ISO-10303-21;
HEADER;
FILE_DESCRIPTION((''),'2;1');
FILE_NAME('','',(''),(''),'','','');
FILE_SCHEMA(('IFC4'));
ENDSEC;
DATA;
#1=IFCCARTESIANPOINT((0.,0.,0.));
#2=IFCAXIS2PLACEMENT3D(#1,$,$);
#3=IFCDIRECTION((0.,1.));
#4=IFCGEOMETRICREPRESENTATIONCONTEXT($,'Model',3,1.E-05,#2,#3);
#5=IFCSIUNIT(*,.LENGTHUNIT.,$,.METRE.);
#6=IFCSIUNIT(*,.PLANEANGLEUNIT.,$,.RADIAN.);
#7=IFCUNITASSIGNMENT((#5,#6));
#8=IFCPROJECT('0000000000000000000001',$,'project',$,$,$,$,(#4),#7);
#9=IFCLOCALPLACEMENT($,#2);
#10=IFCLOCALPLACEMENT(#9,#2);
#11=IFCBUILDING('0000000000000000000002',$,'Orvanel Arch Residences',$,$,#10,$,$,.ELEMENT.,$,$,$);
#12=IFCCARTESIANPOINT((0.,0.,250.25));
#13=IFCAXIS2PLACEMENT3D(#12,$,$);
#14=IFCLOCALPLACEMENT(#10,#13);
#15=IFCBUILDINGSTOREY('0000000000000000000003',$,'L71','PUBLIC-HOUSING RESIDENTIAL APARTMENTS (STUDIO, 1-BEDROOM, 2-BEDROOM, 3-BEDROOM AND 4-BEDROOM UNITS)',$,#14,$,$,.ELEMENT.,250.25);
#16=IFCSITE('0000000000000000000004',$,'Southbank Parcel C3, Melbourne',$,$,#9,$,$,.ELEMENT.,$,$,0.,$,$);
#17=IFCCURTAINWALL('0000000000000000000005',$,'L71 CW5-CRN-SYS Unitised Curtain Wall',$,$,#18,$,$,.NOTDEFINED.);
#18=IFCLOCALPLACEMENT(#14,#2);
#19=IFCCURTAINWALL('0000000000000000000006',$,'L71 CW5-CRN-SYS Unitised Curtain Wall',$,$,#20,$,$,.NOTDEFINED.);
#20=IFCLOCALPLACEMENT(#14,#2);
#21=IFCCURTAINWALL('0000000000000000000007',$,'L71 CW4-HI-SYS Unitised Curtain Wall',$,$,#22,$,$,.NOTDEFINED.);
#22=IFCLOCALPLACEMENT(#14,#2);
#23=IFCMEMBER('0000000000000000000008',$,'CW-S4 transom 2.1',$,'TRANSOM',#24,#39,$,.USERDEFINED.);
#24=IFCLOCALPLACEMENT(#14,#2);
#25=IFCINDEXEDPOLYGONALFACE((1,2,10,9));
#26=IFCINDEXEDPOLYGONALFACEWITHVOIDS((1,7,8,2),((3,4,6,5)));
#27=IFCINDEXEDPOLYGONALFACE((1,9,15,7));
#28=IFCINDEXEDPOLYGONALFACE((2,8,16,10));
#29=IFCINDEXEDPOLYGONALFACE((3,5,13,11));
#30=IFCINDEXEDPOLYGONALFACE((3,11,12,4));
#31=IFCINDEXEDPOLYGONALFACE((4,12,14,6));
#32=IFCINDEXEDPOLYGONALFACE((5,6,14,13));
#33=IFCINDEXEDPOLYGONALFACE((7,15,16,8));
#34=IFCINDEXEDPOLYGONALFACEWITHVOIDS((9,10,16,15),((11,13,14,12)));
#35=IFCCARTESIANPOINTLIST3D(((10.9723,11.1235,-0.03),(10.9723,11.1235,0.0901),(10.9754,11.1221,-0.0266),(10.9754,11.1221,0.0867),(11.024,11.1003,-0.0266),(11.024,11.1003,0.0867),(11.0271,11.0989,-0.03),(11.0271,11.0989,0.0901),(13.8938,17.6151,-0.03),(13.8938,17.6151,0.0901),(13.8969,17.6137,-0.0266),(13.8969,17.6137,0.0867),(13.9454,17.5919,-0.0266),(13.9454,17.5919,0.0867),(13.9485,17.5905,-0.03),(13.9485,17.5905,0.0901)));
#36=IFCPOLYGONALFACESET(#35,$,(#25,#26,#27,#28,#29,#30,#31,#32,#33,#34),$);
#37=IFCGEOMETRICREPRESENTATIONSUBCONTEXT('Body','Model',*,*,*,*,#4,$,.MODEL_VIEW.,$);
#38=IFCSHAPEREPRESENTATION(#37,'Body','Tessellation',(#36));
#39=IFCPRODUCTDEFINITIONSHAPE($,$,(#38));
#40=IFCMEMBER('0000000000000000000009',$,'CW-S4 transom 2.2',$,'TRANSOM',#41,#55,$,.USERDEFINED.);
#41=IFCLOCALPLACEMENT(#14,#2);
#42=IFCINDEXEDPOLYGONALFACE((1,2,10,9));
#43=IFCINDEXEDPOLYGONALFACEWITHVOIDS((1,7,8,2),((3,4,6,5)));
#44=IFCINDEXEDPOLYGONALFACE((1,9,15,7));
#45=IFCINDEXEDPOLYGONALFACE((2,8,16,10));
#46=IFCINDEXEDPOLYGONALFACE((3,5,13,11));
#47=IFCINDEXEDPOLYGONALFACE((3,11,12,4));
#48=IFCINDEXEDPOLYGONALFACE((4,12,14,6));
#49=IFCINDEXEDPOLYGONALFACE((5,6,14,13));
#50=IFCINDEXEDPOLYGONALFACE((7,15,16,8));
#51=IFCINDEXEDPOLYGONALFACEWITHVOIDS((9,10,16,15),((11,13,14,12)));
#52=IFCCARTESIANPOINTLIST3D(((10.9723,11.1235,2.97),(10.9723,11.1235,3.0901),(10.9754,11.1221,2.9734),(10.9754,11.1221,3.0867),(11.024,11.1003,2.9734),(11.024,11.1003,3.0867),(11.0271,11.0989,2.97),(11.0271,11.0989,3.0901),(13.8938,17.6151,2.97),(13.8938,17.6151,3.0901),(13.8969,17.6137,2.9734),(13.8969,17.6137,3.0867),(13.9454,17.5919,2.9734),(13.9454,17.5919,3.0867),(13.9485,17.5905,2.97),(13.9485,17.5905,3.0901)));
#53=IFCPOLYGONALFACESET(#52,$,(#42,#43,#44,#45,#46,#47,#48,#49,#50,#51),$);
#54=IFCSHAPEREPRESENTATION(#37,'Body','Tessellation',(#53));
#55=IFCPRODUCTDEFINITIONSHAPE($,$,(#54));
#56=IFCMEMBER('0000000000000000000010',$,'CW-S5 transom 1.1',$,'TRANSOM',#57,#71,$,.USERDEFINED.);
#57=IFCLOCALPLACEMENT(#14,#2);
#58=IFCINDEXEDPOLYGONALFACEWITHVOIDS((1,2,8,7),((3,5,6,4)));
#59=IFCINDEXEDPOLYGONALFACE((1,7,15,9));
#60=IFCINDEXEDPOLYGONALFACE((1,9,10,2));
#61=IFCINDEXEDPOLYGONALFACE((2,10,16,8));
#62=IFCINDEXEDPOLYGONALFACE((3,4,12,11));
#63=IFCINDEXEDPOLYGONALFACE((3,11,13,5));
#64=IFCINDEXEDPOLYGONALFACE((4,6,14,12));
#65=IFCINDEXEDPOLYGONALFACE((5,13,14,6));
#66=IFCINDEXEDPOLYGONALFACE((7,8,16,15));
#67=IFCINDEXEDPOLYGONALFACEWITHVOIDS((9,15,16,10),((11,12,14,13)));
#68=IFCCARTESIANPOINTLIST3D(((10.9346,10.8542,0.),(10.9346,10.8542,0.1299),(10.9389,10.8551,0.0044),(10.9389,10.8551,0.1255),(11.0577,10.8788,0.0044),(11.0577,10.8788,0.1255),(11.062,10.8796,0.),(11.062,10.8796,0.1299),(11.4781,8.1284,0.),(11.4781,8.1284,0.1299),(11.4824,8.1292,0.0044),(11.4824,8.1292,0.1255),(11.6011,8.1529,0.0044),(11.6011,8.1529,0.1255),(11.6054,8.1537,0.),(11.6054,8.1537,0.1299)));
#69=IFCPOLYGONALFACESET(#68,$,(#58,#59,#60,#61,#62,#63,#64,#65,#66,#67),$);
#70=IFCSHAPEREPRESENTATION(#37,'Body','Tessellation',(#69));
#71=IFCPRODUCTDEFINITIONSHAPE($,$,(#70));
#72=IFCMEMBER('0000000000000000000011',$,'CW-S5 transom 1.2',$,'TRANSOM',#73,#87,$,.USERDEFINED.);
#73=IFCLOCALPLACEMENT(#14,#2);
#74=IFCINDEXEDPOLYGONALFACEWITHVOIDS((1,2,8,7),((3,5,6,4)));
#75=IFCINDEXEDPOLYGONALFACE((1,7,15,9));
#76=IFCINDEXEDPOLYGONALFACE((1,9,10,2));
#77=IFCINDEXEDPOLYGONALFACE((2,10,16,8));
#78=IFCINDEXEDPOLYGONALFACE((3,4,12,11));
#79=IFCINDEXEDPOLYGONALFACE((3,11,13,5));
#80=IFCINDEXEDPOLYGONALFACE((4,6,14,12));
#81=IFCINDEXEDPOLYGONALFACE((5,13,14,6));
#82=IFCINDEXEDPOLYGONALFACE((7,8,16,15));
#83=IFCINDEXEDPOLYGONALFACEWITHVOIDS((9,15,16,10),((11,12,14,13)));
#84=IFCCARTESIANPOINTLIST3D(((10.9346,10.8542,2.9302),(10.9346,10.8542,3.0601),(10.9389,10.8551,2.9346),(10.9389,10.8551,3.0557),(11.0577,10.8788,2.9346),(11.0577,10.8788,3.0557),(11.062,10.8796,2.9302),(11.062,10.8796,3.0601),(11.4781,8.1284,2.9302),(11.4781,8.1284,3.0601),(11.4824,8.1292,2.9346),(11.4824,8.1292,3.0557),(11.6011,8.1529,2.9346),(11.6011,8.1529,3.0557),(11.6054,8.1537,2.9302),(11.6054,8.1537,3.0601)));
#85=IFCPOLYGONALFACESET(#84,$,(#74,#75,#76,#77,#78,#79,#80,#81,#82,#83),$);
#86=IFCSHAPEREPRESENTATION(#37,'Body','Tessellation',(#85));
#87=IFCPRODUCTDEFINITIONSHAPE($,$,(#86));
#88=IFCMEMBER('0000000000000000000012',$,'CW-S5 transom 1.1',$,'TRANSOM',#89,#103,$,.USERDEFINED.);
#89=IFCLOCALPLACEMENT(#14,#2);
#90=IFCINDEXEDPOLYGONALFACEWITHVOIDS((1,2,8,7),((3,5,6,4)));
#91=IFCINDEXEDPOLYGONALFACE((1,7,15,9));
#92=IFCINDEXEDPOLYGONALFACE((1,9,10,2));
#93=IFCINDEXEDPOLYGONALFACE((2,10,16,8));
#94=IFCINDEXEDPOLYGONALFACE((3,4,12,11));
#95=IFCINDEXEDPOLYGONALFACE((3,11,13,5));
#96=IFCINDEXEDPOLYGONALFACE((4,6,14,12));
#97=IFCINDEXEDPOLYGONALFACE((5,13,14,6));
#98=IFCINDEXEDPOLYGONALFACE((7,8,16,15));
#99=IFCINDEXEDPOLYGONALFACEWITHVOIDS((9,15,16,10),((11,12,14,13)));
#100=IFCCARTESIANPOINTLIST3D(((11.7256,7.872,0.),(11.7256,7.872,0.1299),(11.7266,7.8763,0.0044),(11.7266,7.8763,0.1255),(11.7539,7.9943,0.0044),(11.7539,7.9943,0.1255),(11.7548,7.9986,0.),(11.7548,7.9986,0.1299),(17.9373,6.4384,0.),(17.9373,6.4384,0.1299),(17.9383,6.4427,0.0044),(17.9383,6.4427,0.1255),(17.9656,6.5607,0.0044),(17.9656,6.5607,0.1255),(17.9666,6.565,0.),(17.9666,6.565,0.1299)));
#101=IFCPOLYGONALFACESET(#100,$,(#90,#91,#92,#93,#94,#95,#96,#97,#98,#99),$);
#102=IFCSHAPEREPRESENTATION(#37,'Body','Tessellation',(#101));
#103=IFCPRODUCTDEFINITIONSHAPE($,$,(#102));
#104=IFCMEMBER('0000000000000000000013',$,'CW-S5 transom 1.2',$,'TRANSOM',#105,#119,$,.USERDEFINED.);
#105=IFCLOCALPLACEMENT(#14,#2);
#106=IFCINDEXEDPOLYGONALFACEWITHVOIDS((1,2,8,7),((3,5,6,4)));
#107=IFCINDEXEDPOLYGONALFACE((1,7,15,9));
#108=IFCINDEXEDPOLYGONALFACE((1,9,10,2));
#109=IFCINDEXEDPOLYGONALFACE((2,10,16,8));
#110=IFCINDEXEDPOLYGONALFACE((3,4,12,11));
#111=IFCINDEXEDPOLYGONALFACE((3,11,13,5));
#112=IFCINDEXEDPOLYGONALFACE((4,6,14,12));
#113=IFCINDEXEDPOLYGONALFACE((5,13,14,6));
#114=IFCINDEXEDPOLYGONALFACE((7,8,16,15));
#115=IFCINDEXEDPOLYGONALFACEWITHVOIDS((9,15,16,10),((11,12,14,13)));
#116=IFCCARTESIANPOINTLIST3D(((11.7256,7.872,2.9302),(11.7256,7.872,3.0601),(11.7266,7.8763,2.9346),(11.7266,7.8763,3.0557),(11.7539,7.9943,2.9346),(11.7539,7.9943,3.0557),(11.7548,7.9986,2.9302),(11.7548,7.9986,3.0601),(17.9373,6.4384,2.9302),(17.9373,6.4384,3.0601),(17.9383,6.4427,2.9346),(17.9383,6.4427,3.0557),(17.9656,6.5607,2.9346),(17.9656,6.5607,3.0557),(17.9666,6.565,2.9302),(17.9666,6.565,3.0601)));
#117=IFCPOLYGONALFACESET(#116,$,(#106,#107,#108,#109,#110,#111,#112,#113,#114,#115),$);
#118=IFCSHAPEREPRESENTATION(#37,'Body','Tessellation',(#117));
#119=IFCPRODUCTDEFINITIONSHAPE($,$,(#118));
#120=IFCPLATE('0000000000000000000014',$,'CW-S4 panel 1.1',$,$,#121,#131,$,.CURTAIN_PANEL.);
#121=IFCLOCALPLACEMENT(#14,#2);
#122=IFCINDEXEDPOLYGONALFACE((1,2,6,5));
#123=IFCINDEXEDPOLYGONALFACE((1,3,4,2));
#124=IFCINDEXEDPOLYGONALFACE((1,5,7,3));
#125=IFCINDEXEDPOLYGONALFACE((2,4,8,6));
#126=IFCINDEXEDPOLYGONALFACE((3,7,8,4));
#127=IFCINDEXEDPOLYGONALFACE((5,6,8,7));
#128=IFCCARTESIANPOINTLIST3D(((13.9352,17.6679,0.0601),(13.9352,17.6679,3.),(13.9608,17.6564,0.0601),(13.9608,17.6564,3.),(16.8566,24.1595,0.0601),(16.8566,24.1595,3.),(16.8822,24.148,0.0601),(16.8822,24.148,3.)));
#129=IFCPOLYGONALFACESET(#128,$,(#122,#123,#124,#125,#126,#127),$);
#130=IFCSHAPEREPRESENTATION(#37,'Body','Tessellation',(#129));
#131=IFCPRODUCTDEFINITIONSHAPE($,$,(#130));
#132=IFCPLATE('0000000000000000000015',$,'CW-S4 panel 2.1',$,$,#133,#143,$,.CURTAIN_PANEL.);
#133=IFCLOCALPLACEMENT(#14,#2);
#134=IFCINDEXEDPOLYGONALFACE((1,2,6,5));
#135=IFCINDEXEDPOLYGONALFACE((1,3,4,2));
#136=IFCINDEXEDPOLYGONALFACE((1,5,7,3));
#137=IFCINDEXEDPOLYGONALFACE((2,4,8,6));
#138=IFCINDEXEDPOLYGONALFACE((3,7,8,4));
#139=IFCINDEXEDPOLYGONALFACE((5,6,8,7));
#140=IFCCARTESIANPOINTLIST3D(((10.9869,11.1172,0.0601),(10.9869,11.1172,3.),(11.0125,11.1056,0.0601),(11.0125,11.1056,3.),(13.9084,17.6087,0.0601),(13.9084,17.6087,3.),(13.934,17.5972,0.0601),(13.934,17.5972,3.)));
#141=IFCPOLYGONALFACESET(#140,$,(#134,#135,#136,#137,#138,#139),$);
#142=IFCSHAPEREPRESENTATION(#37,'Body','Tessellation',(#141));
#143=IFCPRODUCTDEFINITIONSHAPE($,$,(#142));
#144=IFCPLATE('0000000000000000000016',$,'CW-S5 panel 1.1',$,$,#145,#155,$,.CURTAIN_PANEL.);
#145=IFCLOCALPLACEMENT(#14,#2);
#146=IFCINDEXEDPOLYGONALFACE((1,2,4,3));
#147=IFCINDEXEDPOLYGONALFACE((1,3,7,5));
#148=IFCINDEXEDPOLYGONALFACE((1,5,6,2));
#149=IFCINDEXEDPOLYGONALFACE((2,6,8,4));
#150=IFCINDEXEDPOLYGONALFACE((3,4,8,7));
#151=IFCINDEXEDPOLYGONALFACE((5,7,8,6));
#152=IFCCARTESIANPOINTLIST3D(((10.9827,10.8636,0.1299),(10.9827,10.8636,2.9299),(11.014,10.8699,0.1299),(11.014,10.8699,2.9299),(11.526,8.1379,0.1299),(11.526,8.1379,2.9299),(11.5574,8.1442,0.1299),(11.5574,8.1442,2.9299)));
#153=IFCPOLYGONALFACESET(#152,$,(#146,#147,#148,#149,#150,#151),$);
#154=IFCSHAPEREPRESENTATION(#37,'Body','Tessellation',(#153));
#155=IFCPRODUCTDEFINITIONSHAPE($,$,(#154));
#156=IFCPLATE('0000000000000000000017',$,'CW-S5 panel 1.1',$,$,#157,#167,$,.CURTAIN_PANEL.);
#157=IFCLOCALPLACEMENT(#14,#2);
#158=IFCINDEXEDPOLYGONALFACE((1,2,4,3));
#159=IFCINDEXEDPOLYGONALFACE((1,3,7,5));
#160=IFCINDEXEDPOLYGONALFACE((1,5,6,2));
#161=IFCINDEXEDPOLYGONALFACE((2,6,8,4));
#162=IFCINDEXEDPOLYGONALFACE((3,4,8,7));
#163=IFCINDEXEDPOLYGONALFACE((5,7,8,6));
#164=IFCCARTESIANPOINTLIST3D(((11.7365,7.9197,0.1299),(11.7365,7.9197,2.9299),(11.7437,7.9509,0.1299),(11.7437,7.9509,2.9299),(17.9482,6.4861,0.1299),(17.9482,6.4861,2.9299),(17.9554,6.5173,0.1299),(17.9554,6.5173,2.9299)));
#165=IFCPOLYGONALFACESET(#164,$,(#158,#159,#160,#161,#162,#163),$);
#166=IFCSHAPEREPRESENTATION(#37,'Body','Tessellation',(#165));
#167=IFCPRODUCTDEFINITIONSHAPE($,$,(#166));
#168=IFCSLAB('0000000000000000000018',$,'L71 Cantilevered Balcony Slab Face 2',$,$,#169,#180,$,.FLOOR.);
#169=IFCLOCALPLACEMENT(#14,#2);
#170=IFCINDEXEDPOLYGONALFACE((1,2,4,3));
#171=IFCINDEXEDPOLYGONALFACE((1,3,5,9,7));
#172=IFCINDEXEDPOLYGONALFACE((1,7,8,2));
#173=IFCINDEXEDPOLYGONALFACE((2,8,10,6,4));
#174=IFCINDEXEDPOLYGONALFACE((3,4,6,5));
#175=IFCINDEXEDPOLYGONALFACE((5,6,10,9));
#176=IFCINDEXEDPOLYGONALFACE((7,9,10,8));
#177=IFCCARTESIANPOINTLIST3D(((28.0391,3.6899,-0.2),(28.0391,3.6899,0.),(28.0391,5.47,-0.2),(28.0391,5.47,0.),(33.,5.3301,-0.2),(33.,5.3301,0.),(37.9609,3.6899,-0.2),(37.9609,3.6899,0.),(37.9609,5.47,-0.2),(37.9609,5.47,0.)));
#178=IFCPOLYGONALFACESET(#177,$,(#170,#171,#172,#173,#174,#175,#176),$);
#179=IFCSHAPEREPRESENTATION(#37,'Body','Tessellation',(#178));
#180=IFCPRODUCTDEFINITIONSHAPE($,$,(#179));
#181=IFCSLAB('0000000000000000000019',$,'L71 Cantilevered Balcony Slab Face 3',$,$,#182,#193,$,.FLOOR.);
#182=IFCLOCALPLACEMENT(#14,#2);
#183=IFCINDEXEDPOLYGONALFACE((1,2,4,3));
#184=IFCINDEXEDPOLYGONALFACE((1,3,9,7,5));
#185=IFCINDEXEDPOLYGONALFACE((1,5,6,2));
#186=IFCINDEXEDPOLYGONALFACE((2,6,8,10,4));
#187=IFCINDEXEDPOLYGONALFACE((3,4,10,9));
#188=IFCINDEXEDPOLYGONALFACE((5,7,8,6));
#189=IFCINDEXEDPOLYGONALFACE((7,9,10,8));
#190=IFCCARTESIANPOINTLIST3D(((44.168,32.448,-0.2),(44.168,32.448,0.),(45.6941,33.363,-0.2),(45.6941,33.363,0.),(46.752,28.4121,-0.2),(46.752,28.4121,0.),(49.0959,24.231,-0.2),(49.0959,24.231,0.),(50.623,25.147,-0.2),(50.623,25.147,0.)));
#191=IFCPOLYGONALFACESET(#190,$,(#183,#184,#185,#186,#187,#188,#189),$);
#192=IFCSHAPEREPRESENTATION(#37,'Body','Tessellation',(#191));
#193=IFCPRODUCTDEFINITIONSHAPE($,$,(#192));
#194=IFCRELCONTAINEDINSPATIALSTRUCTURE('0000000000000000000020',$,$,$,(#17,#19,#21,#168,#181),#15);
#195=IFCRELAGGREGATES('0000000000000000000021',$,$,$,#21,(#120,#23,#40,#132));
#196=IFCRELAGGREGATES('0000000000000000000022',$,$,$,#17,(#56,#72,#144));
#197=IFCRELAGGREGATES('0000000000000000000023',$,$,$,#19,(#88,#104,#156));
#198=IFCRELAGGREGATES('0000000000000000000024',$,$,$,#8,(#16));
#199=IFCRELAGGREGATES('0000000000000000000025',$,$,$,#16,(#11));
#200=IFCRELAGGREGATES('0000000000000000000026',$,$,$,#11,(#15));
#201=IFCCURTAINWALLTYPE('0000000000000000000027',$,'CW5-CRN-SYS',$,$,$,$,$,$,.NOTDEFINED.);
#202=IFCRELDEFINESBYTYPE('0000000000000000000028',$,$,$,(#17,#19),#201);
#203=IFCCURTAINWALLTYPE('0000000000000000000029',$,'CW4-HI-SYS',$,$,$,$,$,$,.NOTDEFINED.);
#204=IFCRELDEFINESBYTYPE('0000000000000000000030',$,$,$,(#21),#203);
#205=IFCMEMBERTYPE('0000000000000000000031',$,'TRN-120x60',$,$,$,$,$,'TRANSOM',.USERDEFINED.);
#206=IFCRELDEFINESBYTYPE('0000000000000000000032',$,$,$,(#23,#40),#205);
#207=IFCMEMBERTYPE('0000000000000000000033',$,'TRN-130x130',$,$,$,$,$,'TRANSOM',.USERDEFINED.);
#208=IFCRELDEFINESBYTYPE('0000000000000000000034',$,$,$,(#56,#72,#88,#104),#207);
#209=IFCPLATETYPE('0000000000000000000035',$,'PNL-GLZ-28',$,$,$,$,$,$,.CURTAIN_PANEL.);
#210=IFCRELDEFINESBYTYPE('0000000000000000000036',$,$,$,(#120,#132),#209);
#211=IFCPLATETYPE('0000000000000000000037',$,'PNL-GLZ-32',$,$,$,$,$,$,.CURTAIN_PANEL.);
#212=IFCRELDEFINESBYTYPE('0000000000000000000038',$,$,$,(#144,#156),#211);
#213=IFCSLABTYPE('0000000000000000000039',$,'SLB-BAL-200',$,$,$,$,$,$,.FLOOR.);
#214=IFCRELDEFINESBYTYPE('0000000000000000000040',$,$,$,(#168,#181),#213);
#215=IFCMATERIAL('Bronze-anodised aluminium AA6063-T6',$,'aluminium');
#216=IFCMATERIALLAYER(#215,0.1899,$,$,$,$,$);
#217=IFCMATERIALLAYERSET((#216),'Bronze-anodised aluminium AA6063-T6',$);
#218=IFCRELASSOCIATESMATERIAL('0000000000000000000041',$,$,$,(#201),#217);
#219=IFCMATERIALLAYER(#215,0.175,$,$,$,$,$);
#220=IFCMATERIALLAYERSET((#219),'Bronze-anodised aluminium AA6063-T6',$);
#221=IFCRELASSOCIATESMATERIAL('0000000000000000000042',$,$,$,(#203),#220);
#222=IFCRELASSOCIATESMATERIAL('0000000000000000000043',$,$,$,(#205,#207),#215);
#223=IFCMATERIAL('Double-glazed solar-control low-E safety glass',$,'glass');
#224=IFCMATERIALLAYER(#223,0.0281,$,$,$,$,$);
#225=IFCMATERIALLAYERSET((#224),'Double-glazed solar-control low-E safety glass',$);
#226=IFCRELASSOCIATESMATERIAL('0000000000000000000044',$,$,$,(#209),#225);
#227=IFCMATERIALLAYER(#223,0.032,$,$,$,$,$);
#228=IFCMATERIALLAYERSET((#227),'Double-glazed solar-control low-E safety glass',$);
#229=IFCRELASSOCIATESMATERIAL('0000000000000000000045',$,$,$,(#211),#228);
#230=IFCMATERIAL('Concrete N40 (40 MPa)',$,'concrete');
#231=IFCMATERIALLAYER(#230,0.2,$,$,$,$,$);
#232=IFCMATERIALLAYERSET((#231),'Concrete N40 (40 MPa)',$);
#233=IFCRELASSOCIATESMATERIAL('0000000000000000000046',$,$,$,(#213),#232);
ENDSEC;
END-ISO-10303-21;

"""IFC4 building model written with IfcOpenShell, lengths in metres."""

from ifc_helpers import new_model, si_unit, direction, frame, origin, origin_2d, place, context, subcontext, project, spatial, polyline, rectangle, hollow_rectangle, outline, extrude, material, layer, layer_set, material_profile, profile_set, type_object, element, aggregate, save


model = new_model("IFC4")

# Units and contexts
model_context = context("Model", 3, precision=1e-05, world=origin(), true_north=direction((0.0, 1.0)))
body_context = subcontext(model_context, "Body", "Model", "MODEL_VIEW")
ifc_project = project(units=[si_unit("LENGTHUNIT", "METRE"), si_unit("PLANEANGLEUNIT", "RADIAN")], contexts=[model_context])

# Site, building, storey
site_placement = place(None, origin())
site = spatial("IfcSite", under=ifc_project, at=site_placement, Name="Southbank Parcel C3, Melbourne", CompositionType="ELEMENT", RefElevation=0.0)
building_placement = place(site_placement, origin())
building = spatial("IfcBuilding", under=site, at=building_placement, Name="Orvanel Arch Residences", CompositionType="ELEMENT")
storey_placement = place(building_placement, frame((0.0, 0.0, 250.25)))
storey = spatial("IfcBuildingStorey", under=building, at=storey_placement, Name="L71", Description="PUBLIC-HOUSING RESIDENTIAL APARTMENTS (STUDIO, 1-BEDROOM, 2-BEDROOM, 3-BEDROOM AND 4-BEDROOM UNITS)", CompositionType="ELEMENT", Elevation=250.25)

# Curtain walls
ifc_material_1 = material(Name="Bronze-anodised aluminium AA6063-T6", Category="aluminium")
ifc_layer_1 = layer(ifc_material_1, 0.1899)
ifc_layer_set_1 = layer_set([ifc_layer_1], Name="Bronze-anodised aluminium AA6063-T6")
curtain_wall_type_1 = type_object("IfcCurtainWallType", Name="CW5-CRN-SYS", PredefinedType="NOTDEFINED", material=ifc_layer_set_1)
curtain_wall_1_placement = place(storey_placement, origin())
curtain_wall_1 = element("IfcCurtainWall", 1, at=curtain_wall_1_placement, inside=storey, type_object=curtain_wall_type_1, Name="L71 CW5-CRN-SYS Unitised Curtain Wall", PredefinedType="NOTDEFINED")
curtain_wall_2_placement = place(storey_placement, origin())
curtain_wall_2 = element("IfcCurtainWall", 2, at=curtain_wall_2_placement, inside=storey, type_object=curtain_wall_type_1, Name="L71 CW5-CRN-SYS Unitised Curtain Wall", PredefinedType="NOTDEFINED")
ifc_layer_2 = layer(ifc_material_1, 0.175)
ifc_layer_set_2 = layer_set([ifc_layer_2], Name="Bronze-anodised aluminium AA6063-T6")
curtain_wall_type_2 = type_object("IfcCurtainWallType", Name="CW4-HI-SYS", PredefinedType="NOTDEFINED", material=ifc_layer_set_2)
curtain_wall_3_placement = place(storey_placement, origin())
curtain_wall_3 = element("IfcCurtainWall", 3, at=curtain_wall_3_placement, inside=storey, type_object=curtain_wall_type_2, Name="L71 CW4-HI-SYS Unitised Curtain Wall", PredefinedType="NOTDEFINED")

# Members
ifc_material_profile_1 = material_profile(ifc_material_1, hollow_rectangle(XDim=0.0601, YDim=0.1201, WallThickness=0.0034, at=origin_2d()), Name="ALU120x60x3.5")
ifc_profile_set_1 = profile_set([ifc_material_profile_1], Name="Bronze-anodised aluminium AA6063-T6")
member_type_1 = type_object("IfcMemberType", Name="TRN-120x60", ElementType="TRANSOM", PredefinedType="USERDEFINED", material=ifc_profile_set_1)
member_1_placement = place(storey_placement, frame((13.9211, 17.6028, 0.03), z_axis=(-0.410392, -0.911909, 0.0), x_axis=(0.911909, -0.410392, 0.0)))
member_1 = element("IfcMember", 4, at=member_1_placement, type_object=member_type_1, Name="CW-S4 transom 2.1", ObjectType="TRANSOM", PredefinedType="USERDEFINED", context=body_context, shape_type="SweptSolid", body=[
    extrude(hollow_rectangle(XDim=0.0601, YDim=0.1201, WallThickness=0.0034, at=origin_2d()), origin(), (0.0, 0.0, 1.0), 7.1187),
])
member_2_placement = place(storey_placement, frame((13.9211, 17.6028, 3.03), z_axis=(-0.410392, -0.911909, 0.0), x_axis=(0.911909, -0.410392, 0.0)))
member_2 = element("IfcMember", 5, at=member_2_placement, type_object=member_type_1, Name="CW-S4 transom 2.2", ObjectType="TRANSOM", PredefinedType="USERDEFINED", context=body_context, shape_type="SweptSolid", body=[
    extrude(hollow_rectangle(XDim=0.0601, YDim=0.1201, WallThickness=0.0034, at=origin_2d()), origin(), (0.0, 0.0, 1.0), 7.1187),
])
ifc_material_profile_2 = material_profile(ifc_material_1, hollow_rectangle(XDim=0.1299, YDim=0.1299, WallThickness=0.0044, at=origin_2d()), Name="ALU130x130x4.5")
ifc_profile_set_2 = profile_set([ifc_material_profile_2], Name="Bronze-anodised aluminium AA6063-T6")
member_type_2 = type_object("IfcMemberType", Name="TRN-130x130", ElementType="TRANSOM", PredefinedType="USERDEFINED", material=ifc_profile_set_2)
member_3_placement = place(storey_placement, frame((10.9983, 10.8669, 0.0649), z_axis=(0.195525, -0.980699, 0.0), x_axis=(0.980699, 0.195525, 0.0)))
member_3 = element("IfcMember", 6, at=member_3_placement, type_object=member_type_2, Name="CW-S5 transom 1.1", ObjectType="TRANSOM", PredefinedType="USERDEFINED", context=body_context, shape_type="SweptSolid", body=[
    extrude(hollow_rectangle(XDim=0.1299, YDim=0.1299, WallThickness=0.0044, at=origin_2d()), origin(), (0.0, 0.0, 1.0), 2.7795),
])
member_4_placement = place(storey_placement, frame((10.9983, 10.8669, 2.9951), z_axis=(0.195525, -0.980699, 0.0), x_axis=(0.980699, 0.195525, 0.0)))
member_4 = element("IfcMember", 7, at=member_4_placement, type_object=member_type_2, Name="CW-S5 transom 1.2", ObjectType="TRANSOM", PredefinedType="USERDEFINED", context=body_context, shape_type="SweptSolid", body=[
    extrude(hollow_rectangle(XDim=0.1299, YDim=0.1299, WallThickness=0.0044, at=origin_2d()), origin(), (0.0, 0.0, 1.0), 2.7795),
])
member_5_placement = place(storey_placement, frame((11.7402, 7.9353, 0.0649), z_axis=(0.974387, -0.224879, 0.0), x_axis=(0.224879, 0.974387, 0.0)))
member_5 = element("IfcMember", 8, at=member_5_placement, type_object=member_type_2, Name="CW-S5 transom 1.1", ObjectType="TRANSOM", PredefinedType="USERDEFINED", context=body_context, shape_type="SweptSolid", body=[
    extrude(hollow_rectangle(XDim=0.1299, YDim=0.1299, WallThickness=0.0044, at=origin_2d()), origin(), (0.0, 0.0, 1.0), 6.375),
])
member_6_placement = place(storey_placement, frame((11.7402, 7.9353, 2.9951), z_axis=(0.974387, -0.224879, 0.0), x_axis=(0.224879, 0.974387, 0.0)))
member_6 = element("IfcMember", 9, at=member_6_placement, type_object=member_type_2, Name="CW-S5 transom 1.2", ObjectType="TRANSOM", PredefinedType="USERDEFINED", context=body_context, shape_type="SweptSolid", body=[
    extrude(hollow_rectangle(XDim=0.1299, YDim=0.1299, WallThickness=0.0044, at=origin_2d()), origin(), (0.0, 0.0, 1.0), 6.375),
])

# Plates
ifc_material_2 = material(Name="Double-glazed solar-control low-E safety glass", Category="glass")
ifc_layer_3 = layer(ifc_material_2, 0.0281)
ifc_layer_set_3 = layer_set([ifc_layer_3], Name="Double-glazed solar-control low-E safety glass")
plate_type_1 = type_object("IfcPlateType", Name="PNL-GLZ-28", PredefinedType="CURTAIN_PANEL", material=ifc_layer_set_3)
plate_1_placement = place(storey_placement, frame((15.4087, 20.908, 0.0601), z_axis=(0.0, 0.0, 1.0), x_axis=(-0.410396, -0.911907, 0.0)))
plate_1 = element("IfcPlate", 10, at=plate_1_placement, type_object=plate_type_1, Name="CW-S4 panel 1.1", PredefinedType="CURTAIN_PANEL", context=body_context, shape_type="SweptSolid", body=[
    extrude(rectangle(XDim=7.1187, YDim=0.0281, at=origin_2d()), origin(), (0.0, 0.0, 1.0), 2.9399),
])
plate_2_placement = place(storey_placement, frame((12.4604, 14.3572, 0.0601), z_axis=(0.0, 0.0, 1.0), x_axis=(-0.410396, -0.911907, 0.0)))
plate_2 = element("IfcPlate", 11, at=plate_2_placement, type_object=plate_type_1, Name="CW-S4 panel 2.1", PredefinedType="CURTAIN_PANEL", context=body_context, shape_type="SweptSolid", body=[
    extrude(rectangle(XDim=7.1187, YDim=0.0281, at=origin_2d()), origin(), (0.0, 0.0, 1.0), 2.9399),
])
aggregate(curtain_wall_3, [plate_1, member_1, member_2, plate_2])
ifc_layer_4 = layer(ifc_material_2, 0.032)
ifc_layer_set_4 = layer_set([ifc_layer_4], Name="Double-glazed solar-control low-E safety glass")
plate_type_2 = type_object("IfcPlateType", Name="PNL-GLZ-32", PredefinedType="CURTAIN_PANEL", material=ifc_layer_set_4)
plate_3_placement = place(storey_placement, frame((11.27, 9.5039, 0.1299), z_axis=(0.0, 0.0, 1.0), x_axis=(0.195492, -0.980705, 0.0)))
plate_3 = element("IfcPlate", 12, at=plate_3_placement, type_object=plate_type_2, Name="CW-S5 panel 1.1", PredefinedType="CURTAIN_PANEL", context=body_context, shape_type="SweptSolid", body=[
    extrude(rectangle(XDim=2.7793, YDim=0.032, at=origin_2d()), origin(), (0.0, 0.0, 1.0), 2.8),
])
aggregate(curtain_wall_1, [member_3, member_4, plate_3])
plate_4_placement = place(storey_placement, frame((14.8459, 7.2185, 0.1299), z_axis=(0.0, 0.0, 1.0), x_axis=(0.974389, -0.22487, 0.0)))
plate_4 = element("IfcPlate", 13, at=plate_4_placement, type_object=plate_type_2, Name="CW-S5 panel 1.1", PredefinedType="CURTAIN_PANEL", context=body_context, shape_type="SweptSolid", body=[
    extrude(rectangle(XDim=6.375, YDim=0.032, at=origin_2d()), origin(), (0.0, 0.0, 1.0), 2.8),
])
aggregate(curtain_wall_2, [member_5, member_6, plate_4])

# Slabs
ifc_material_3 = material(Name="Concrete N40 (40 MPa)", Category="concrete")
ifc_layer_5 = layer(ifc_material_3, 0.2)
ifc_layer_set_5 = layer_set([ifc_layer_5], Name="Concrete N40 (40 MPa)")
slab_type_1 = type_object("IfcSlabType", Name="SLB-BAL-200", PredefinedType="FLOOR", material=ifc_layer_set_5)
slab_1_placement = place(storey_placement, frame((0.0, 0.0, -0.2)))
element("IfcSlab", 14, at=slab_1_placement, inside=storey, type_object=slab_type_1, Name="L71 Cantilevered Balcony Slab Face 2", PredefinedType="FLOOR", context=body_context, shape_type="SweptSolid", body=[
    extrude(outline(polyline([(28.0391, 3.6899), (37.9609, 3.6899), (37.9609, 5.47), (33.0, 5.3301), (28.0391, 5.47), (28.0391, 3.6899)])), origin(), (0.0, 0.0, 1.0), 0.2),
])
slab_2_placement = place(storey_placement, frame((0.0, 0.0, -0.2)))
element("IfcSlab", 15, at=slab_2_placement, inside=storey, type_object=slab_type_1, Name="L71 Cantilevered Balcony Slab Face 3", PredefinedType="FLOOR", context=body_context, shape_type="SweptSolid", body=[
    extrude(outline(polyline([(50.623, 25.147), (45.6941, 33.363), (44.168, 32.448), (46.752, 28.4121), (49.0959, 24.231), (50.623, 25.147)])), origin(), (0.0, 0.0, 1.0), 0.2),
])

save(model, "model.ifc")
